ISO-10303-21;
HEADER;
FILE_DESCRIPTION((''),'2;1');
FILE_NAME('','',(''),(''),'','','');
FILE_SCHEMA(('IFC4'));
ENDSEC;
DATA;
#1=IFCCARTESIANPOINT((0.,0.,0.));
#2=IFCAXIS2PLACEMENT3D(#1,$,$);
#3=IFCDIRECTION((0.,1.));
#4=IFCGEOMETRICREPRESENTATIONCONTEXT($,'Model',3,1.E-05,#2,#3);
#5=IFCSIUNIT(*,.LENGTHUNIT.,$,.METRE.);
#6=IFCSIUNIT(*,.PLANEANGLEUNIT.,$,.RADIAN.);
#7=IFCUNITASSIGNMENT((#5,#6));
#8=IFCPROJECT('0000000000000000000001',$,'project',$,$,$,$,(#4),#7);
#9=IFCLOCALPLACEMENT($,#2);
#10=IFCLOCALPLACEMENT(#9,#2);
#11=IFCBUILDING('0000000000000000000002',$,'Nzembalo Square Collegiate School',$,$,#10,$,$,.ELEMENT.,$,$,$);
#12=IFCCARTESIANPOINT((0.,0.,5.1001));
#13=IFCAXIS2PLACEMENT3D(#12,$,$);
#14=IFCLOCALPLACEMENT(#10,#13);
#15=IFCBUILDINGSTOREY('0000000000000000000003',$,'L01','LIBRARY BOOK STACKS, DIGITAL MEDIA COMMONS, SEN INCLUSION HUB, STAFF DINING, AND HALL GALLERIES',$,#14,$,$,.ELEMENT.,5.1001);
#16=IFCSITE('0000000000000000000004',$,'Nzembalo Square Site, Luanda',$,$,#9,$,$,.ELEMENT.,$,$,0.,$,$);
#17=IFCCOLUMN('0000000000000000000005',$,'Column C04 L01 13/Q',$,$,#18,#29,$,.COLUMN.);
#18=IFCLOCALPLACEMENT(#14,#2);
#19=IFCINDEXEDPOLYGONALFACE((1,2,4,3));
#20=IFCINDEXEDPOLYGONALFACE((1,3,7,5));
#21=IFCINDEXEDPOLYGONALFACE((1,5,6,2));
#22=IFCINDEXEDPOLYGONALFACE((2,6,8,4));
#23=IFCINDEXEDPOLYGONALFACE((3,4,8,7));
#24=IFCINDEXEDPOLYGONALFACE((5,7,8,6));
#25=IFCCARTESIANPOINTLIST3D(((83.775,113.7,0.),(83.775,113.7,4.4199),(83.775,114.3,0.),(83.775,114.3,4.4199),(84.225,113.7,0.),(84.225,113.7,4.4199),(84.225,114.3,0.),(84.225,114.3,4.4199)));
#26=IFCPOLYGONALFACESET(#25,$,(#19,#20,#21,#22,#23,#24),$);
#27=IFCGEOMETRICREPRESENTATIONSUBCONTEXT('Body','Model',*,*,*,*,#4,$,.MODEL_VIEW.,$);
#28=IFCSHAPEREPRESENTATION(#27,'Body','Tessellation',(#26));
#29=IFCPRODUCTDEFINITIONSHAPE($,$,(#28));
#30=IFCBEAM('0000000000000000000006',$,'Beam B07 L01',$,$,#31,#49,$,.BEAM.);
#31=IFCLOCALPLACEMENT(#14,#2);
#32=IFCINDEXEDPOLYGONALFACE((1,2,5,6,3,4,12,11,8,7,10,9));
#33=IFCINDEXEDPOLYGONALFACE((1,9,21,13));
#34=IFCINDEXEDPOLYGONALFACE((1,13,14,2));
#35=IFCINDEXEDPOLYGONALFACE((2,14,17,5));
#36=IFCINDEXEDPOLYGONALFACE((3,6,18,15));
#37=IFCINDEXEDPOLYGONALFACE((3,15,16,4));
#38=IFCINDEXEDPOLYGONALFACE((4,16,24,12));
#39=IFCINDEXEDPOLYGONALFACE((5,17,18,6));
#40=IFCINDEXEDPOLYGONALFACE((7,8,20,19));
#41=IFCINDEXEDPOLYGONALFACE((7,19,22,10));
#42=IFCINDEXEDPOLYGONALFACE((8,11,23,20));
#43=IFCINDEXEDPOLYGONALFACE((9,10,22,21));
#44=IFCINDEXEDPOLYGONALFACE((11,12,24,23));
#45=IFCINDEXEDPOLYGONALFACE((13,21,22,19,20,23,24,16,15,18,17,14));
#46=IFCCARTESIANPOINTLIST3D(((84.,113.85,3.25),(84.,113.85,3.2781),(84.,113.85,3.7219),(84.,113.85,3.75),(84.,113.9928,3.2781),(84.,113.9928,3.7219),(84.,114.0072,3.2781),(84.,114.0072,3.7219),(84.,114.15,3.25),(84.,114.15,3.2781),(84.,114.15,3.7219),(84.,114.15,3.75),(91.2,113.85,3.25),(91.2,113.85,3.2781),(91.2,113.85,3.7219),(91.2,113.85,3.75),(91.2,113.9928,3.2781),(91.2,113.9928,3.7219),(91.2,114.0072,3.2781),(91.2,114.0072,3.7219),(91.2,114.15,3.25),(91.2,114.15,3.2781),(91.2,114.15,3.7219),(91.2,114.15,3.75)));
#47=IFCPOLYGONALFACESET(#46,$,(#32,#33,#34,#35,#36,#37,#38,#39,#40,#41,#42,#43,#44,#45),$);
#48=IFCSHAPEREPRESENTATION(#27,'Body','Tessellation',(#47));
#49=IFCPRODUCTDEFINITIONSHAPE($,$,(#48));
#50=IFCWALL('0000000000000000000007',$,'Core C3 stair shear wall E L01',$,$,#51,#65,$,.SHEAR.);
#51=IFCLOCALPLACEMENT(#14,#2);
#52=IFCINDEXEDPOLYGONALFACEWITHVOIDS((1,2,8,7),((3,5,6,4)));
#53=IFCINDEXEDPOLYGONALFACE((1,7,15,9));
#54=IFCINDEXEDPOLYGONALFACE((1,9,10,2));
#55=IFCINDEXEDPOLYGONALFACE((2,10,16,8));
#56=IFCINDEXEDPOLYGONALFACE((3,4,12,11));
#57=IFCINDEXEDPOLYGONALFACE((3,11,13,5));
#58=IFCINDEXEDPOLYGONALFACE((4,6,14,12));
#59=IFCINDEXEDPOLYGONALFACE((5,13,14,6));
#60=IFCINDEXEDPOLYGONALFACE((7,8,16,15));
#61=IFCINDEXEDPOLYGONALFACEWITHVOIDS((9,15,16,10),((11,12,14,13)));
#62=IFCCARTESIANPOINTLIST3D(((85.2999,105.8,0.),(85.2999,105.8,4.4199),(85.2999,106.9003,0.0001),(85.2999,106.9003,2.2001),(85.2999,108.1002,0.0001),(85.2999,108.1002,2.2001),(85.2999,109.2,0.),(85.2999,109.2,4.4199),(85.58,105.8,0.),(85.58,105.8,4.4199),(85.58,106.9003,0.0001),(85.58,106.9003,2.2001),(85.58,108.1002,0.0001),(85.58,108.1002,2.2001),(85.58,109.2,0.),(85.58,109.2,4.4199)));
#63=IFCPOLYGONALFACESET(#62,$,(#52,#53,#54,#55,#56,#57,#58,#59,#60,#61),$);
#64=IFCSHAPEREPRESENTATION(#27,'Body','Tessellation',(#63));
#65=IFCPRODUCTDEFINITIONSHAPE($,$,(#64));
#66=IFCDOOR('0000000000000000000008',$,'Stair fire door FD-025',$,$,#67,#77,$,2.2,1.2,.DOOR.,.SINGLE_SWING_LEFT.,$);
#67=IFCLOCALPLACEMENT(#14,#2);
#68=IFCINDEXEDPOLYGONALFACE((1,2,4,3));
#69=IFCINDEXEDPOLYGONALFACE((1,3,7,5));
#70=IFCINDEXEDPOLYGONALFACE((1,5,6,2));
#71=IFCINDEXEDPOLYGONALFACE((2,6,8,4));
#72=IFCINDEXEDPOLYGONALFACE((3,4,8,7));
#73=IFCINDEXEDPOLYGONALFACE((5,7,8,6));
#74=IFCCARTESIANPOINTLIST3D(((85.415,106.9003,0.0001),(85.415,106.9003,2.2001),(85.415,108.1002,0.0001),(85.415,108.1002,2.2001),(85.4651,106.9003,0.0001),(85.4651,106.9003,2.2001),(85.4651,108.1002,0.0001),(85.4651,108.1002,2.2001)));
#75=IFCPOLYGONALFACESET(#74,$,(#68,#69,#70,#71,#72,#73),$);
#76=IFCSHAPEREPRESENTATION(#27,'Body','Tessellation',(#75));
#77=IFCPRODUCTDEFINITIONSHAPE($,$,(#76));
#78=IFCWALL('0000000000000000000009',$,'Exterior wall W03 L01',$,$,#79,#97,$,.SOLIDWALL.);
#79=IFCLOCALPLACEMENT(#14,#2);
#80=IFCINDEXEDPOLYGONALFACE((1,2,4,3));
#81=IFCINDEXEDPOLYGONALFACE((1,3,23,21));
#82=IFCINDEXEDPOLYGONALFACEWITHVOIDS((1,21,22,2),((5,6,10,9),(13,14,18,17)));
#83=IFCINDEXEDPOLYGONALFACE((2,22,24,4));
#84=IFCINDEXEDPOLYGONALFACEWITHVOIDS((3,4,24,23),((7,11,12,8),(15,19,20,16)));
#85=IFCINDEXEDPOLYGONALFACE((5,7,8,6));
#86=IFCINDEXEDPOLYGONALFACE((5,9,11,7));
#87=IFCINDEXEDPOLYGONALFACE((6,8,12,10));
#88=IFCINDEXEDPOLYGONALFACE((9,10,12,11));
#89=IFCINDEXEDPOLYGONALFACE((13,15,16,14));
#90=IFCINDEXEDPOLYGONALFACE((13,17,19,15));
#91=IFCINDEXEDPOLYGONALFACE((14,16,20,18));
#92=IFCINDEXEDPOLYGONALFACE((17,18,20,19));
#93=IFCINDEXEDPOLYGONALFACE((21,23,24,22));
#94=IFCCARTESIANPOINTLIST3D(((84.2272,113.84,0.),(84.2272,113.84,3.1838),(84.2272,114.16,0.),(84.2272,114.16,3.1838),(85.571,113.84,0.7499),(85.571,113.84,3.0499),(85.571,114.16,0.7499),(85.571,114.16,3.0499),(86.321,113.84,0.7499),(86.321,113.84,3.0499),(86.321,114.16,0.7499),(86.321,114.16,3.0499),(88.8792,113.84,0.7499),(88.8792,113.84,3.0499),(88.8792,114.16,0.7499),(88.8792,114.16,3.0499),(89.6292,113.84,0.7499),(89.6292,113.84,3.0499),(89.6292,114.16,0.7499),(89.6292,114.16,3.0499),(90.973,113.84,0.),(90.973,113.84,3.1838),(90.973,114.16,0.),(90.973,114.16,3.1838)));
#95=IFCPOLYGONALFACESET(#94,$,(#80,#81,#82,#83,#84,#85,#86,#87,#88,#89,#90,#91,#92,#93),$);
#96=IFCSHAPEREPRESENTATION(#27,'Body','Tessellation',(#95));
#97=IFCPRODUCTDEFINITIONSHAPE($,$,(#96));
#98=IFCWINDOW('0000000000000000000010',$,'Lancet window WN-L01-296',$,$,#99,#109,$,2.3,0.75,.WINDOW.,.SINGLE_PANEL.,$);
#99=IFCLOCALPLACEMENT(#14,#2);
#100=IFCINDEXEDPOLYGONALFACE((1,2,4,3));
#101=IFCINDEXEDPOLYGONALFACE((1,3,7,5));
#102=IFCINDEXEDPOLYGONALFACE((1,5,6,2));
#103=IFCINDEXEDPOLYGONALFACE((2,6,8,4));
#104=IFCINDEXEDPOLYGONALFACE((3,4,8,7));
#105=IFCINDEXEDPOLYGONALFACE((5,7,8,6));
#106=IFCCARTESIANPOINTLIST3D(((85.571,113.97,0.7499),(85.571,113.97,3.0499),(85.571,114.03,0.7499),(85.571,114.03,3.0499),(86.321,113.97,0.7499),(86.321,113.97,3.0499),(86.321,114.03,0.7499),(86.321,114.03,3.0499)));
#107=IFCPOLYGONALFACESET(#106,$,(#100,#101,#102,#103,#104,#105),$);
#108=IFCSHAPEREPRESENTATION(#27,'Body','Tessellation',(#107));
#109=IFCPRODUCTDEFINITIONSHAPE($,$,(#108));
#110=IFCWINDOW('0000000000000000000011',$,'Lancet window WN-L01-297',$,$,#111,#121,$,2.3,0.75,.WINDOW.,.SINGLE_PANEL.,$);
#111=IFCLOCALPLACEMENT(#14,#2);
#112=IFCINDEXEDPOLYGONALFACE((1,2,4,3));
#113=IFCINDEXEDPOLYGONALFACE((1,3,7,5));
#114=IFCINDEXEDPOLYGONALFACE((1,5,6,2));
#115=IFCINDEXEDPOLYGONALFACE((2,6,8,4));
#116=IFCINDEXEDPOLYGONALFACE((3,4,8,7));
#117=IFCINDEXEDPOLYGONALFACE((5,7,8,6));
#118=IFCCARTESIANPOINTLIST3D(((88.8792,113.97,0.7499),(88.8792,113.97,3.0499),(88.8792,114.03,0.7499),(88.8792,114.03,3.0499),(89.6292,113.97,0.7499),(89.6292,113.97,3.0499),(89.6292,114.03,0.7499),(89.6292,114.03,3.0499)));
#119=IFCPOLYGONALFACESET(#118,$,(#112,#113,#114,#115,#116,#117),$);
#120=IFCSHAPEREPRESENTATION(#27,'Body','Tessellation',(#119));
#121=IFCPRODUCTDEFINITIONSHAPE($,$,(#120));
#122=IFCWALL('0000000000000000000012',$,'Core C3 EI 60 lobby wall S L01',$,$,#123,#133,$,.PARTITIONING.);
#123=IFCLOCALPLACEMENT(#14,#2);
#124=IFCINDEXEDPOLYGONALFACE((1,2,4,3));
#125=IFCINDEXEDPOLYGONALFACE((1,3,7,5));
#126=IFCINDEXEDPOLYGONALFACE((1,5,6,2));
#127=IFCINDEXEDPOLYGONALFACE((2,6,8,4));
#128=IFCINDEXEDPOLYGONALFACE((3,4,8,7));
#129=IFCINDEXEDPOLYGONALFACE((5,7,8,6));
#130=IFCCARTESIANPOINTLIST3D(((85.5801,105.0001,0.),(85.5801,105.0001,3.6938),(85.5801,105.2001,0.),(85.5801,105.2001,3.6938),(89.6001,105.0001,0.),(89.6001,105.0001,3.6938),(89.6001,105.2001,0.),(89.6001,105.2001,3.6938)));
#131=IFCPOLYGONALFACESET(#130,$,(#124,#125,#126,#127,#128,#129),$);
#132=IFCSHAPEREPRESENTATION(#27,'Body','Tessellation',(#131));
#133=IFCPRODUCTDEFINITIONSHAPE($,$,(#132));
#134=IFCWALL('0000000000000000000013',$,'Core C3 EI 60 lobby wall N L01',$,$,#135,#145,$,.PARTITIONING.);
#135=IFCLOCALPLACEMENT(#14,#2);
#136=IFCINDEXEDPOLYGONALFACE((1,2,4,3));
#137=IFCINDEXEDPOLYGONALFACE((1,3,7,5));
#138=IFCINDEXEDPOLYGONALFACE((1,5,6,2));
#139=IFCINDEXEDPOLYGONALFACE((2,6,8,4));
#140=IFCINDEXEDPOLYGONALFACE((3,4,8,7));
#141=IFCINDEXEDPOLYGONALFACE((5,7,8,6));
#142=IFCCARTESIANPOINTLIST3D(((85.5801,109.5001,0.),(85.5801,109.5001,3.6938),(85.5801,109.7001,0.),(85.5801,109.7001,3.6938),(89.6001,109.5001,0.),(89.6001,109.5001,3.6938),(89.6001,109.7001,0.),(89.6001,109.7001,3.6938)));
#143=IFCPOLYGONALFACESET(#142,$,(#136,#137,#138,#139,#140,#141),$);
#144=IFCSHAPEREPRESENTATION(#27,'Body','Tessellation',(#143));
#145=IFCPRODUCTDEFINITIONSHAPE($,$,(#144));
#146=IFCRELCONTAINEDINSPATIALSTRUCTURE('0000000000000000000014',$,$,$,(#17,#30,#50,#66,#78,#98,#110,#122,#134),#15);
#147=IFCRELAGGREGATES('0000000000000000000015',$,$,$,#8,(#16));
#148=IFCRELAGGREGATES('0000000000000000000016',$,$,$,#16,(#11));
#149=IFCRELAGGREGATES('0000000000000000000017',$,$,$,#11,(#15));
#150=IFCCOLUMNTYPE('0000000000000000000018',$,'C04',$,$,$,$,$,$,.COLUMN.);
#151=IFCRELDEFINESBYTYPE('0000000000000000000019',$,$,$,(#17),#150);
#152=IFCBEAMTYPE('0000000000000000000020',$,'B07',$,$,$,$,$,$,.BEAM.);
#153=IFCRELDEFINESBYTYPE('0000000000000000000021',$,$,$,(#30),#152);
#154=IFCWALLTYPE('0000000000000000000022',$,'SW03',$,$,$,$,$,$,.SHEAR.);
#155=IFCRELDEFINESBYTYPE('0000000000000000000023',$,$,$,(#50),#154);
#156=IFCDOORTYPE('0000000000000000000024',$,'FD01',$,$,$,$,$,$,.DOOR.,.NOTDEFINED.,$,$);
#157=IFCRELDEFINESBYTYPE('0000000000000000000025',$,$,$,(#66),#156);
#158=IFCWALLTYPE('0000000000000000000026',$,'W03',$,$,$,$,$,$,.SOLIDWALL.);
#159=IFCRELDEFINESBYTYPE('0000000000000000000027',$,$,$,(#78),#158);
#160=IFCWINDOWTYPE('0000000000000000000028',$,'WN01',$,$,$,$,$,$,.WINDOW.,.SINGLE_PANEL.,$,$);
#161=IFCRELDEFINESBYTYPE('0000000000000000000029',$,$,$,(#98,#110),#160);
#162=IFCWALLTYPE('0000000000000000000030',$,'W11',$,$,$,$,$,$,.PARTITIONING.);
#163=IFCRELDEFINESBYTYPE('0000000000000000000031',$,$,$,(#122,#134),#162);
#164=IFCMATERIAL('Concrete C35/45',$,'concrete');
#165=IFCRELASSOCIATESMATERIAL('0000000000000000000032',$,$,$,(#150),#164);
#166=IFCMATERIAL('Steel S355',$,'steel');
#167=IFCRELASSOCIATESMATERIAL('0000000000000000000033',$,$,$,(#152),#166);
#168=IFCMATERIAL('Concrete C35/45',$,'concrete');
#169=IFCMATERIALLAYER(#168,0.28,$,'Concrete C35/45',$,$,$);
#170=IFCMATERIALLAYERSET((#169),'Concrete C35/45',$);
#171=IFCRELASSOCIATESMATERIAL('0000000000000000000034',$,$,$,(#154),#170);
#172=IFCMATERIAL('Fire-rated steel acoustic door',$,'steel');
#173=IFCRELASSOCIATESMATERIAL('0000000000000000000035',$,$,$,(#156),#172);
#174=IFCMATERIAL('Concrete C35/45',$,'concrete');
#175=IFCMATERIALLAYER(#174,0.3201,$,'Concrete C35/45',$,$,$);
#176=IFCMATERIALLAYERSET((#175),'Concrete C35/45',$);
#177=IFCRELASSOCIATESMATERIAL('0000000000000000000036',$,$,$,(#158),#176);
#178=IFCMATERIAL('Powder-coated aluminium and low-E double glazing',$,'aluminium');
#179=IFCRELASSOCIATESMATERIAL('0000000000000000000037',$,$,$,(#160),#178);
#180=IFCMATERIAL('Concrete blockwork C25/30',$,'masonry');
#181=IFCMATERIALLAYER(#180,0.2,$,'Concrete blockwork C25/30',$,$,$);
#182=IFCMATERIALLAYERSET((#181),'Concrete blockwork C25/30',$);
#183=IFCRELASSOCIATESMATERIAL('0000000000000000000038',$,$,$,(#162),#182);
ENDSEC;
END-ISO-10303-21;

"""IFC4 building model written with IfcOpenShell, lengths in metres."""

from ifc_helpers import new_model, si_unit, direction, frame, frame_2d, origin, origin_2d, place, context, subcontext, project, spatial, rectangle, i_section, extrude, material, layer, layer_set, material_profile, profile_set, type_object, element, fill, save


model = new_model("IFC4")

# Units and contexts
model_context = context("Model", 3, precision=1e-05, world=origin(), true_north=direction((0.0, 1.0)))
body_context = subcontext(model_context, "Body", "Model", "MODEL_VIEW")
ifc_project = project(units=[si_unit("LENGTHUNIT", "METRE"), si_unit("PLANEANGLEUNIT", "RADIAN")], contexts=[model_context])

# Site, building, storey
site_placement = place(None, origin())
site = spatial("IfcSite", under=ifc_project, at=site_placement, Name="Nzembalo Square Site, Luanda", CompositionType="ELEMENT", RefElevation=0.0)
building_placement = place(site_placement, origin())
building = spatial("IfcBuilding", under=site, at=building_placement, Name="Nzembalo Square Collegiate School", CompositionType="ELEMENT")
storey_placement = place(building_placement, frame((0.0, 0.0, 5.1001)))
storey = spatial("IfcBuildingStorey", under=building, at=storey_placement, Name="L01", Description="LIBRARY BOOK STACKS, DIGITAL MEDIA COMMONS, SEN INCLUSION HUB, STAFF DINING, AND HALL GALLERIES", CompositionType="ELEMENT", Elevation=5.1001)

# Column
ifc_material_1 = material(Name="Concrete C35/45", Category="concrete")
ifc_material_profile_1 = material_profile(ifc_material_1, rectangle(XDim=0.45, YDim=0.6001, at=origin_2d()), Name="RC 450x600")
ifc_profile_set_1 = profile_set([ifc_material_profile_1], Name="Concrete C35/45")
column_type = type_object("IfcColumnType", Name="C04", PredefinedType="COLUMN", material=ifc_profile_set_1)
column_placement = place(storey_placement, frame((84.0, 114.0, 0.0), z_axis=(0.0, 0.0, 1.0), x_axis=(1.0, 0.0, 0.0)))
element("IfcColumn", 1, at=column_placement, inside=storey, type_object=column_type, Name="Column C04 L01 13/Q", PredefinedType="COLUMN", context=body_context, shape_type="SweptSolid", body=[
    extrude(rectangle(XDim=0.45, YDim=0.6001, at=origin_2d()), origin(), (0.0, 0.0, 1.0), 4.4199),
])

# Beam
ifc_material_2 = material(Name="Steel S355", Category="steel")
ifc_material_profile_2 = material_profile(ifc_material_2, i_section(OverallWidth=0.3, OverallDepth=0.5, WebThickness=0.0144, FlangeThickness=0.0281, at=origin_2d()), Name="HEB 500")
ifc_profile_set_2 = profile_set([ifc_material_profile_2], Name="Steel S355")
beam_type = type_object("IfcBeamType", Name="B07", PredefinedType="BEAM", material=ifc_profile_set_2)
beam_placement = place(storey_placement, frame((84.0, 114.0, 3.5), z_axis=(1.0, 0.0, 0.0), x_axis=(0.0, 1.0, 0.0)))
element("IfcBeam", 2, at=beam_placement, inside=storey, type_object=beam_type, Name="Beam B07 L01", PredefinedType="BEAM", context=body_context, shape_type="SweptSolid", body=[
    extrude(i_section(OverallWidth=0.3, OverallDepth=0.5, WebThickness=0.0144, FlangeThickness=0.0281, at=origin_2d()), origin(), (0.0, 0.0, 1.0), 7.2),
])

# Wall, opening, door
ifc_material_3 = material(Name="Concrete C35/45", Category="concrete")
ifc_layer_1 = layer(ifc_material_3, 0.28, Name="Concrete C35/45")
ifc_layer_set_1 = layer_set([ifc_layer_1], Name="Concrete C35/45")
wall_type_1 = type_object("IfcWallType", Name="SW03", PredefinedType="SHEAR", material=ifc_layer_set_1)
wall_1_placement = place(storey_placement, frame((85.4399, 105.8, 0.0), z_axis=(0.0, 0.0, 1.0), x_axis=(0.0, 1.0, 0.0)))
wall_1 = element("IfcWall", 3, at=wall_1_placement, inside=storey, type_object=wall_type_1, Name="Core C3 stair shear wall E L01", PredefinedType="SHEAR", context=body_context, shape_type="SweptSolid", body=[
    extrude(rectangle(XDim=3.3999, YDim=0.28, at=frame_2d((1.7, 0.0))), origin(), (0.0, 0.0, 1.0), 4.4199),
])
opening_1_placement = place(wall_1_placement, frame((1.1001, 0.0, 0.0)))
opening_1 = element("IfcOpeningElement", 4, at=opening_1_placement, cuts=wall_1, PredefinedType="OPENING", context=body_context, shape_type="SweptSolid", body=[
    extrude(rectangle(XDim=1.2, YDim=2.2, at=frame_2d((0.6001, 1.1001))), frame((0.0, 0.1499, 0.0), z_axis=(0.0, -1.0, 0.0), x_axis=(1.0, 0.0, 0.0)), (0.0, 0.0, 1.0), 0.3),
])
ifc_material_4 = material(Name="Fire-rated steel acoustic door", Category="steel")
door_type = type_object("IfcDoorType", Name="FD01", OperationType="NOTDEFINED", PredefinedType="DOOR", material=ifc_material_4)
door_placement = place(opening_1_placement, origin())
door = element("IfcDoor", 5, at=door_placement, inside=storey, type_object=door_type, Name="Stair fire door FD-025", OperationType="SINGLE_SWING_LEFT", OverallHeight=2.2, OverallWidth=1.2, PredefinedType="DOOR", context=body_context, shape_type="SweptSolid", body=[
    extrude(rectangle(XDim=1.2, YDim=2.2, at=frame_2d((0.6001, 1.1001))), frame((0.0, 0.0249, 0.0), z_axis=(0.0, -1.0, 0.0), x_axis=(1.0, 0.0, 0.0)), (0.0, 0.0, 1.0), 0.05),
])
fill(opening_1, door)

# Wall, openings, windows
ifc_material_5 = material(Name="Concrete C35/45", Category="concrete")
ifc_layer_2 = layer(ifc_material_5, 0.3201, Name="Concrete C35/45")
ifc_layer_set_2 = layer_set([ifc_layer_2], Name="Concrete C35/45")
wall_type_2 = type_object("IfcWallType", Name="W03", PredefinedType="SOLIDWALL", material=ifc_layer_set_2)
wall_2_placement = place(storey_placement, frame((84.2271, 114.0, 0.0), z_axis=(0.0, 0.0, 1.0), x_axis=(1.0, 0.0, 0.0)))
wall_2 = element("IfcWall", 6, at=wall_2_placement, inside=storey, type_object=wall_type_2, Name="Exterior wall W03 L01", PredefinedType="SOLIDWALL", context=body_context, shape_type="SweptSolid", body=[
    extrude(rectangle(XDim=6.7458, YDim=0.3201, at=frame_2d((3.373, 0.0))), origin(), (0.0, 0.0, 1.0), 3.1838),
])
opening_2_placement = place(wall_2_placement, frame((1.344, 0.0, 0.75)))
opening_2 = element("IfcOpeningElement", 7, at=opening_2_placement, cuts=wall_2, PredefinedType="OPENING", context=body_context, shape_type="SweptSolid", body=[
    extrude(rectangle(XDim=0.75, YDim=2.3, at=frame_2d((0.375, 1.1499))), frame((0.0, 0.1699, 0.0), z_axis=(0.0, -1.0, 0.0), x_axis=(1.0, 0.0, 0.0)), (0.0, 0.0, 1.0), 0.3401),
])
opening_3_placement = place(wall_2_placement, frame((4.6521, 0.0, 0.75)))
opening_3 = element("IfcOpeningElement", 8, at=opening_3_placement, cuts=wall_2, PredefinedType="OPENING", context=body_context, shape_type="SweptSolid", body=[
    extrude(rectangle(XDim=0.75, YDim=2.3, at=frame_2d((0.375, 1.1499))), frame((0.0, 0.1699, 0.0), z_axis=(0.0, -1.0, 0.0), x_axis=(1.0, 0.0, 0.0)), (0.0, 0.0, 1.0), 0.3401),
])
ifc_material_6 = material(Name="Powder-coated aluminium and low-E double glazing", Category="aluminium")
window_type = type_object("IfcWindowType", Name="WN01", PartitioningType="SINGLE_PANEL", PredefinedType="WINDOW", material=ifc_material_6)
window_1_placement = place(opening_2_placement, origin())
window_1 = element("IfcWindow", 9, at=window_1_placement, inside=storey, type_object=window_type, Name="Lancet window WN-L01-296", OverallHeight=2.3, OverallWidth=0.75, PartitioningType="SINGLE_PANEL", PredefinedType="WINDOW", context=body_context, shape_type="SweptSolid", body=[
    extrude(rectangle(XDim=0.75, YDim=2.3, at=frame_2d((0.375, 1.1499))), frame((0.0, 0.03, 0.0), z_axis=(0.0, -1.0, 0.0), x_axis=(1.0, 0.0, 0.0)), (0.0, 0.0, 1.0), 0.0601),
])
fill(opening_2, window_1)
window_2_placement = place(opening_3_placement, origin())
window_2 = element("IfcWindow", 10, at=window_2_placement, inside=storey, type_object=window_type, Name="Lancet window WN-L01-297", OverallHeight=2.3, OverallWidth=0.75, PartitioningType="SINGLE_PANEL", PredefinedType="WINDOW", context=body_context, shape_type="SweptSolid", body=[
    extrude(rectangle(XDim=0.75, YDim=2.3, at=frame_2d((0.375, 1.1499))), frame((0.0, 0.03, 0.0), z_axis=(0.0, -1.0, 0.0), x_axis=(1.0, 0.0, 0.0)), (0.0, 0.0, 1.0), 0.0601),
])
fill(opening_3, window_2)

# Walls
ifc_material_7 = material(Name="Concrete blockwork C25/30", Category="masonry")
ifc_layer_3 = layer(ifc_material_7, 0.2, Name="Concrete blockwork C25/30")
ifc_layer_set_3 = layer_set([ifc_layer_3], Name="Concrete blockwork C25/30")
wall_type_3 = type_object("IfcWallType", Name="W11", PredefinedType="PARTITIONING", material=ifc_layer_set_3)
for number, where, z_axis, x_axis, name in (
    (11, (85.5801, 105.1001, 0.0), (0.0, 0.0, 1.0), (1.0, 0.0, 0.0), "Core C3 EI 60 lobby wall S L01"),
    (12, (85.5801, 109.6001, 0.0), (0.0, 0.0, 1.0), (1.0, 0.0, 0.0), "Core C3 EI 60 lobby wall N L01"),
):
    element("IfcWall", number, at=place(storey_placement, frame(where, z_axis=z_axis, x_axis=x_axis)), inside=storey, type_object=wall_type_3, Name=name, PredefinedType="PARTITIONING", context=body_context, shape_type="SweptSolid", body=[
        extrude(rectangle(XDim=4.02, YDim=0.2, at=frame_2d((2.01, 0.0))), origin(), (0.0, 0.0, 1.0), 3.6938),
    ])

save(model, "model.ifc")
